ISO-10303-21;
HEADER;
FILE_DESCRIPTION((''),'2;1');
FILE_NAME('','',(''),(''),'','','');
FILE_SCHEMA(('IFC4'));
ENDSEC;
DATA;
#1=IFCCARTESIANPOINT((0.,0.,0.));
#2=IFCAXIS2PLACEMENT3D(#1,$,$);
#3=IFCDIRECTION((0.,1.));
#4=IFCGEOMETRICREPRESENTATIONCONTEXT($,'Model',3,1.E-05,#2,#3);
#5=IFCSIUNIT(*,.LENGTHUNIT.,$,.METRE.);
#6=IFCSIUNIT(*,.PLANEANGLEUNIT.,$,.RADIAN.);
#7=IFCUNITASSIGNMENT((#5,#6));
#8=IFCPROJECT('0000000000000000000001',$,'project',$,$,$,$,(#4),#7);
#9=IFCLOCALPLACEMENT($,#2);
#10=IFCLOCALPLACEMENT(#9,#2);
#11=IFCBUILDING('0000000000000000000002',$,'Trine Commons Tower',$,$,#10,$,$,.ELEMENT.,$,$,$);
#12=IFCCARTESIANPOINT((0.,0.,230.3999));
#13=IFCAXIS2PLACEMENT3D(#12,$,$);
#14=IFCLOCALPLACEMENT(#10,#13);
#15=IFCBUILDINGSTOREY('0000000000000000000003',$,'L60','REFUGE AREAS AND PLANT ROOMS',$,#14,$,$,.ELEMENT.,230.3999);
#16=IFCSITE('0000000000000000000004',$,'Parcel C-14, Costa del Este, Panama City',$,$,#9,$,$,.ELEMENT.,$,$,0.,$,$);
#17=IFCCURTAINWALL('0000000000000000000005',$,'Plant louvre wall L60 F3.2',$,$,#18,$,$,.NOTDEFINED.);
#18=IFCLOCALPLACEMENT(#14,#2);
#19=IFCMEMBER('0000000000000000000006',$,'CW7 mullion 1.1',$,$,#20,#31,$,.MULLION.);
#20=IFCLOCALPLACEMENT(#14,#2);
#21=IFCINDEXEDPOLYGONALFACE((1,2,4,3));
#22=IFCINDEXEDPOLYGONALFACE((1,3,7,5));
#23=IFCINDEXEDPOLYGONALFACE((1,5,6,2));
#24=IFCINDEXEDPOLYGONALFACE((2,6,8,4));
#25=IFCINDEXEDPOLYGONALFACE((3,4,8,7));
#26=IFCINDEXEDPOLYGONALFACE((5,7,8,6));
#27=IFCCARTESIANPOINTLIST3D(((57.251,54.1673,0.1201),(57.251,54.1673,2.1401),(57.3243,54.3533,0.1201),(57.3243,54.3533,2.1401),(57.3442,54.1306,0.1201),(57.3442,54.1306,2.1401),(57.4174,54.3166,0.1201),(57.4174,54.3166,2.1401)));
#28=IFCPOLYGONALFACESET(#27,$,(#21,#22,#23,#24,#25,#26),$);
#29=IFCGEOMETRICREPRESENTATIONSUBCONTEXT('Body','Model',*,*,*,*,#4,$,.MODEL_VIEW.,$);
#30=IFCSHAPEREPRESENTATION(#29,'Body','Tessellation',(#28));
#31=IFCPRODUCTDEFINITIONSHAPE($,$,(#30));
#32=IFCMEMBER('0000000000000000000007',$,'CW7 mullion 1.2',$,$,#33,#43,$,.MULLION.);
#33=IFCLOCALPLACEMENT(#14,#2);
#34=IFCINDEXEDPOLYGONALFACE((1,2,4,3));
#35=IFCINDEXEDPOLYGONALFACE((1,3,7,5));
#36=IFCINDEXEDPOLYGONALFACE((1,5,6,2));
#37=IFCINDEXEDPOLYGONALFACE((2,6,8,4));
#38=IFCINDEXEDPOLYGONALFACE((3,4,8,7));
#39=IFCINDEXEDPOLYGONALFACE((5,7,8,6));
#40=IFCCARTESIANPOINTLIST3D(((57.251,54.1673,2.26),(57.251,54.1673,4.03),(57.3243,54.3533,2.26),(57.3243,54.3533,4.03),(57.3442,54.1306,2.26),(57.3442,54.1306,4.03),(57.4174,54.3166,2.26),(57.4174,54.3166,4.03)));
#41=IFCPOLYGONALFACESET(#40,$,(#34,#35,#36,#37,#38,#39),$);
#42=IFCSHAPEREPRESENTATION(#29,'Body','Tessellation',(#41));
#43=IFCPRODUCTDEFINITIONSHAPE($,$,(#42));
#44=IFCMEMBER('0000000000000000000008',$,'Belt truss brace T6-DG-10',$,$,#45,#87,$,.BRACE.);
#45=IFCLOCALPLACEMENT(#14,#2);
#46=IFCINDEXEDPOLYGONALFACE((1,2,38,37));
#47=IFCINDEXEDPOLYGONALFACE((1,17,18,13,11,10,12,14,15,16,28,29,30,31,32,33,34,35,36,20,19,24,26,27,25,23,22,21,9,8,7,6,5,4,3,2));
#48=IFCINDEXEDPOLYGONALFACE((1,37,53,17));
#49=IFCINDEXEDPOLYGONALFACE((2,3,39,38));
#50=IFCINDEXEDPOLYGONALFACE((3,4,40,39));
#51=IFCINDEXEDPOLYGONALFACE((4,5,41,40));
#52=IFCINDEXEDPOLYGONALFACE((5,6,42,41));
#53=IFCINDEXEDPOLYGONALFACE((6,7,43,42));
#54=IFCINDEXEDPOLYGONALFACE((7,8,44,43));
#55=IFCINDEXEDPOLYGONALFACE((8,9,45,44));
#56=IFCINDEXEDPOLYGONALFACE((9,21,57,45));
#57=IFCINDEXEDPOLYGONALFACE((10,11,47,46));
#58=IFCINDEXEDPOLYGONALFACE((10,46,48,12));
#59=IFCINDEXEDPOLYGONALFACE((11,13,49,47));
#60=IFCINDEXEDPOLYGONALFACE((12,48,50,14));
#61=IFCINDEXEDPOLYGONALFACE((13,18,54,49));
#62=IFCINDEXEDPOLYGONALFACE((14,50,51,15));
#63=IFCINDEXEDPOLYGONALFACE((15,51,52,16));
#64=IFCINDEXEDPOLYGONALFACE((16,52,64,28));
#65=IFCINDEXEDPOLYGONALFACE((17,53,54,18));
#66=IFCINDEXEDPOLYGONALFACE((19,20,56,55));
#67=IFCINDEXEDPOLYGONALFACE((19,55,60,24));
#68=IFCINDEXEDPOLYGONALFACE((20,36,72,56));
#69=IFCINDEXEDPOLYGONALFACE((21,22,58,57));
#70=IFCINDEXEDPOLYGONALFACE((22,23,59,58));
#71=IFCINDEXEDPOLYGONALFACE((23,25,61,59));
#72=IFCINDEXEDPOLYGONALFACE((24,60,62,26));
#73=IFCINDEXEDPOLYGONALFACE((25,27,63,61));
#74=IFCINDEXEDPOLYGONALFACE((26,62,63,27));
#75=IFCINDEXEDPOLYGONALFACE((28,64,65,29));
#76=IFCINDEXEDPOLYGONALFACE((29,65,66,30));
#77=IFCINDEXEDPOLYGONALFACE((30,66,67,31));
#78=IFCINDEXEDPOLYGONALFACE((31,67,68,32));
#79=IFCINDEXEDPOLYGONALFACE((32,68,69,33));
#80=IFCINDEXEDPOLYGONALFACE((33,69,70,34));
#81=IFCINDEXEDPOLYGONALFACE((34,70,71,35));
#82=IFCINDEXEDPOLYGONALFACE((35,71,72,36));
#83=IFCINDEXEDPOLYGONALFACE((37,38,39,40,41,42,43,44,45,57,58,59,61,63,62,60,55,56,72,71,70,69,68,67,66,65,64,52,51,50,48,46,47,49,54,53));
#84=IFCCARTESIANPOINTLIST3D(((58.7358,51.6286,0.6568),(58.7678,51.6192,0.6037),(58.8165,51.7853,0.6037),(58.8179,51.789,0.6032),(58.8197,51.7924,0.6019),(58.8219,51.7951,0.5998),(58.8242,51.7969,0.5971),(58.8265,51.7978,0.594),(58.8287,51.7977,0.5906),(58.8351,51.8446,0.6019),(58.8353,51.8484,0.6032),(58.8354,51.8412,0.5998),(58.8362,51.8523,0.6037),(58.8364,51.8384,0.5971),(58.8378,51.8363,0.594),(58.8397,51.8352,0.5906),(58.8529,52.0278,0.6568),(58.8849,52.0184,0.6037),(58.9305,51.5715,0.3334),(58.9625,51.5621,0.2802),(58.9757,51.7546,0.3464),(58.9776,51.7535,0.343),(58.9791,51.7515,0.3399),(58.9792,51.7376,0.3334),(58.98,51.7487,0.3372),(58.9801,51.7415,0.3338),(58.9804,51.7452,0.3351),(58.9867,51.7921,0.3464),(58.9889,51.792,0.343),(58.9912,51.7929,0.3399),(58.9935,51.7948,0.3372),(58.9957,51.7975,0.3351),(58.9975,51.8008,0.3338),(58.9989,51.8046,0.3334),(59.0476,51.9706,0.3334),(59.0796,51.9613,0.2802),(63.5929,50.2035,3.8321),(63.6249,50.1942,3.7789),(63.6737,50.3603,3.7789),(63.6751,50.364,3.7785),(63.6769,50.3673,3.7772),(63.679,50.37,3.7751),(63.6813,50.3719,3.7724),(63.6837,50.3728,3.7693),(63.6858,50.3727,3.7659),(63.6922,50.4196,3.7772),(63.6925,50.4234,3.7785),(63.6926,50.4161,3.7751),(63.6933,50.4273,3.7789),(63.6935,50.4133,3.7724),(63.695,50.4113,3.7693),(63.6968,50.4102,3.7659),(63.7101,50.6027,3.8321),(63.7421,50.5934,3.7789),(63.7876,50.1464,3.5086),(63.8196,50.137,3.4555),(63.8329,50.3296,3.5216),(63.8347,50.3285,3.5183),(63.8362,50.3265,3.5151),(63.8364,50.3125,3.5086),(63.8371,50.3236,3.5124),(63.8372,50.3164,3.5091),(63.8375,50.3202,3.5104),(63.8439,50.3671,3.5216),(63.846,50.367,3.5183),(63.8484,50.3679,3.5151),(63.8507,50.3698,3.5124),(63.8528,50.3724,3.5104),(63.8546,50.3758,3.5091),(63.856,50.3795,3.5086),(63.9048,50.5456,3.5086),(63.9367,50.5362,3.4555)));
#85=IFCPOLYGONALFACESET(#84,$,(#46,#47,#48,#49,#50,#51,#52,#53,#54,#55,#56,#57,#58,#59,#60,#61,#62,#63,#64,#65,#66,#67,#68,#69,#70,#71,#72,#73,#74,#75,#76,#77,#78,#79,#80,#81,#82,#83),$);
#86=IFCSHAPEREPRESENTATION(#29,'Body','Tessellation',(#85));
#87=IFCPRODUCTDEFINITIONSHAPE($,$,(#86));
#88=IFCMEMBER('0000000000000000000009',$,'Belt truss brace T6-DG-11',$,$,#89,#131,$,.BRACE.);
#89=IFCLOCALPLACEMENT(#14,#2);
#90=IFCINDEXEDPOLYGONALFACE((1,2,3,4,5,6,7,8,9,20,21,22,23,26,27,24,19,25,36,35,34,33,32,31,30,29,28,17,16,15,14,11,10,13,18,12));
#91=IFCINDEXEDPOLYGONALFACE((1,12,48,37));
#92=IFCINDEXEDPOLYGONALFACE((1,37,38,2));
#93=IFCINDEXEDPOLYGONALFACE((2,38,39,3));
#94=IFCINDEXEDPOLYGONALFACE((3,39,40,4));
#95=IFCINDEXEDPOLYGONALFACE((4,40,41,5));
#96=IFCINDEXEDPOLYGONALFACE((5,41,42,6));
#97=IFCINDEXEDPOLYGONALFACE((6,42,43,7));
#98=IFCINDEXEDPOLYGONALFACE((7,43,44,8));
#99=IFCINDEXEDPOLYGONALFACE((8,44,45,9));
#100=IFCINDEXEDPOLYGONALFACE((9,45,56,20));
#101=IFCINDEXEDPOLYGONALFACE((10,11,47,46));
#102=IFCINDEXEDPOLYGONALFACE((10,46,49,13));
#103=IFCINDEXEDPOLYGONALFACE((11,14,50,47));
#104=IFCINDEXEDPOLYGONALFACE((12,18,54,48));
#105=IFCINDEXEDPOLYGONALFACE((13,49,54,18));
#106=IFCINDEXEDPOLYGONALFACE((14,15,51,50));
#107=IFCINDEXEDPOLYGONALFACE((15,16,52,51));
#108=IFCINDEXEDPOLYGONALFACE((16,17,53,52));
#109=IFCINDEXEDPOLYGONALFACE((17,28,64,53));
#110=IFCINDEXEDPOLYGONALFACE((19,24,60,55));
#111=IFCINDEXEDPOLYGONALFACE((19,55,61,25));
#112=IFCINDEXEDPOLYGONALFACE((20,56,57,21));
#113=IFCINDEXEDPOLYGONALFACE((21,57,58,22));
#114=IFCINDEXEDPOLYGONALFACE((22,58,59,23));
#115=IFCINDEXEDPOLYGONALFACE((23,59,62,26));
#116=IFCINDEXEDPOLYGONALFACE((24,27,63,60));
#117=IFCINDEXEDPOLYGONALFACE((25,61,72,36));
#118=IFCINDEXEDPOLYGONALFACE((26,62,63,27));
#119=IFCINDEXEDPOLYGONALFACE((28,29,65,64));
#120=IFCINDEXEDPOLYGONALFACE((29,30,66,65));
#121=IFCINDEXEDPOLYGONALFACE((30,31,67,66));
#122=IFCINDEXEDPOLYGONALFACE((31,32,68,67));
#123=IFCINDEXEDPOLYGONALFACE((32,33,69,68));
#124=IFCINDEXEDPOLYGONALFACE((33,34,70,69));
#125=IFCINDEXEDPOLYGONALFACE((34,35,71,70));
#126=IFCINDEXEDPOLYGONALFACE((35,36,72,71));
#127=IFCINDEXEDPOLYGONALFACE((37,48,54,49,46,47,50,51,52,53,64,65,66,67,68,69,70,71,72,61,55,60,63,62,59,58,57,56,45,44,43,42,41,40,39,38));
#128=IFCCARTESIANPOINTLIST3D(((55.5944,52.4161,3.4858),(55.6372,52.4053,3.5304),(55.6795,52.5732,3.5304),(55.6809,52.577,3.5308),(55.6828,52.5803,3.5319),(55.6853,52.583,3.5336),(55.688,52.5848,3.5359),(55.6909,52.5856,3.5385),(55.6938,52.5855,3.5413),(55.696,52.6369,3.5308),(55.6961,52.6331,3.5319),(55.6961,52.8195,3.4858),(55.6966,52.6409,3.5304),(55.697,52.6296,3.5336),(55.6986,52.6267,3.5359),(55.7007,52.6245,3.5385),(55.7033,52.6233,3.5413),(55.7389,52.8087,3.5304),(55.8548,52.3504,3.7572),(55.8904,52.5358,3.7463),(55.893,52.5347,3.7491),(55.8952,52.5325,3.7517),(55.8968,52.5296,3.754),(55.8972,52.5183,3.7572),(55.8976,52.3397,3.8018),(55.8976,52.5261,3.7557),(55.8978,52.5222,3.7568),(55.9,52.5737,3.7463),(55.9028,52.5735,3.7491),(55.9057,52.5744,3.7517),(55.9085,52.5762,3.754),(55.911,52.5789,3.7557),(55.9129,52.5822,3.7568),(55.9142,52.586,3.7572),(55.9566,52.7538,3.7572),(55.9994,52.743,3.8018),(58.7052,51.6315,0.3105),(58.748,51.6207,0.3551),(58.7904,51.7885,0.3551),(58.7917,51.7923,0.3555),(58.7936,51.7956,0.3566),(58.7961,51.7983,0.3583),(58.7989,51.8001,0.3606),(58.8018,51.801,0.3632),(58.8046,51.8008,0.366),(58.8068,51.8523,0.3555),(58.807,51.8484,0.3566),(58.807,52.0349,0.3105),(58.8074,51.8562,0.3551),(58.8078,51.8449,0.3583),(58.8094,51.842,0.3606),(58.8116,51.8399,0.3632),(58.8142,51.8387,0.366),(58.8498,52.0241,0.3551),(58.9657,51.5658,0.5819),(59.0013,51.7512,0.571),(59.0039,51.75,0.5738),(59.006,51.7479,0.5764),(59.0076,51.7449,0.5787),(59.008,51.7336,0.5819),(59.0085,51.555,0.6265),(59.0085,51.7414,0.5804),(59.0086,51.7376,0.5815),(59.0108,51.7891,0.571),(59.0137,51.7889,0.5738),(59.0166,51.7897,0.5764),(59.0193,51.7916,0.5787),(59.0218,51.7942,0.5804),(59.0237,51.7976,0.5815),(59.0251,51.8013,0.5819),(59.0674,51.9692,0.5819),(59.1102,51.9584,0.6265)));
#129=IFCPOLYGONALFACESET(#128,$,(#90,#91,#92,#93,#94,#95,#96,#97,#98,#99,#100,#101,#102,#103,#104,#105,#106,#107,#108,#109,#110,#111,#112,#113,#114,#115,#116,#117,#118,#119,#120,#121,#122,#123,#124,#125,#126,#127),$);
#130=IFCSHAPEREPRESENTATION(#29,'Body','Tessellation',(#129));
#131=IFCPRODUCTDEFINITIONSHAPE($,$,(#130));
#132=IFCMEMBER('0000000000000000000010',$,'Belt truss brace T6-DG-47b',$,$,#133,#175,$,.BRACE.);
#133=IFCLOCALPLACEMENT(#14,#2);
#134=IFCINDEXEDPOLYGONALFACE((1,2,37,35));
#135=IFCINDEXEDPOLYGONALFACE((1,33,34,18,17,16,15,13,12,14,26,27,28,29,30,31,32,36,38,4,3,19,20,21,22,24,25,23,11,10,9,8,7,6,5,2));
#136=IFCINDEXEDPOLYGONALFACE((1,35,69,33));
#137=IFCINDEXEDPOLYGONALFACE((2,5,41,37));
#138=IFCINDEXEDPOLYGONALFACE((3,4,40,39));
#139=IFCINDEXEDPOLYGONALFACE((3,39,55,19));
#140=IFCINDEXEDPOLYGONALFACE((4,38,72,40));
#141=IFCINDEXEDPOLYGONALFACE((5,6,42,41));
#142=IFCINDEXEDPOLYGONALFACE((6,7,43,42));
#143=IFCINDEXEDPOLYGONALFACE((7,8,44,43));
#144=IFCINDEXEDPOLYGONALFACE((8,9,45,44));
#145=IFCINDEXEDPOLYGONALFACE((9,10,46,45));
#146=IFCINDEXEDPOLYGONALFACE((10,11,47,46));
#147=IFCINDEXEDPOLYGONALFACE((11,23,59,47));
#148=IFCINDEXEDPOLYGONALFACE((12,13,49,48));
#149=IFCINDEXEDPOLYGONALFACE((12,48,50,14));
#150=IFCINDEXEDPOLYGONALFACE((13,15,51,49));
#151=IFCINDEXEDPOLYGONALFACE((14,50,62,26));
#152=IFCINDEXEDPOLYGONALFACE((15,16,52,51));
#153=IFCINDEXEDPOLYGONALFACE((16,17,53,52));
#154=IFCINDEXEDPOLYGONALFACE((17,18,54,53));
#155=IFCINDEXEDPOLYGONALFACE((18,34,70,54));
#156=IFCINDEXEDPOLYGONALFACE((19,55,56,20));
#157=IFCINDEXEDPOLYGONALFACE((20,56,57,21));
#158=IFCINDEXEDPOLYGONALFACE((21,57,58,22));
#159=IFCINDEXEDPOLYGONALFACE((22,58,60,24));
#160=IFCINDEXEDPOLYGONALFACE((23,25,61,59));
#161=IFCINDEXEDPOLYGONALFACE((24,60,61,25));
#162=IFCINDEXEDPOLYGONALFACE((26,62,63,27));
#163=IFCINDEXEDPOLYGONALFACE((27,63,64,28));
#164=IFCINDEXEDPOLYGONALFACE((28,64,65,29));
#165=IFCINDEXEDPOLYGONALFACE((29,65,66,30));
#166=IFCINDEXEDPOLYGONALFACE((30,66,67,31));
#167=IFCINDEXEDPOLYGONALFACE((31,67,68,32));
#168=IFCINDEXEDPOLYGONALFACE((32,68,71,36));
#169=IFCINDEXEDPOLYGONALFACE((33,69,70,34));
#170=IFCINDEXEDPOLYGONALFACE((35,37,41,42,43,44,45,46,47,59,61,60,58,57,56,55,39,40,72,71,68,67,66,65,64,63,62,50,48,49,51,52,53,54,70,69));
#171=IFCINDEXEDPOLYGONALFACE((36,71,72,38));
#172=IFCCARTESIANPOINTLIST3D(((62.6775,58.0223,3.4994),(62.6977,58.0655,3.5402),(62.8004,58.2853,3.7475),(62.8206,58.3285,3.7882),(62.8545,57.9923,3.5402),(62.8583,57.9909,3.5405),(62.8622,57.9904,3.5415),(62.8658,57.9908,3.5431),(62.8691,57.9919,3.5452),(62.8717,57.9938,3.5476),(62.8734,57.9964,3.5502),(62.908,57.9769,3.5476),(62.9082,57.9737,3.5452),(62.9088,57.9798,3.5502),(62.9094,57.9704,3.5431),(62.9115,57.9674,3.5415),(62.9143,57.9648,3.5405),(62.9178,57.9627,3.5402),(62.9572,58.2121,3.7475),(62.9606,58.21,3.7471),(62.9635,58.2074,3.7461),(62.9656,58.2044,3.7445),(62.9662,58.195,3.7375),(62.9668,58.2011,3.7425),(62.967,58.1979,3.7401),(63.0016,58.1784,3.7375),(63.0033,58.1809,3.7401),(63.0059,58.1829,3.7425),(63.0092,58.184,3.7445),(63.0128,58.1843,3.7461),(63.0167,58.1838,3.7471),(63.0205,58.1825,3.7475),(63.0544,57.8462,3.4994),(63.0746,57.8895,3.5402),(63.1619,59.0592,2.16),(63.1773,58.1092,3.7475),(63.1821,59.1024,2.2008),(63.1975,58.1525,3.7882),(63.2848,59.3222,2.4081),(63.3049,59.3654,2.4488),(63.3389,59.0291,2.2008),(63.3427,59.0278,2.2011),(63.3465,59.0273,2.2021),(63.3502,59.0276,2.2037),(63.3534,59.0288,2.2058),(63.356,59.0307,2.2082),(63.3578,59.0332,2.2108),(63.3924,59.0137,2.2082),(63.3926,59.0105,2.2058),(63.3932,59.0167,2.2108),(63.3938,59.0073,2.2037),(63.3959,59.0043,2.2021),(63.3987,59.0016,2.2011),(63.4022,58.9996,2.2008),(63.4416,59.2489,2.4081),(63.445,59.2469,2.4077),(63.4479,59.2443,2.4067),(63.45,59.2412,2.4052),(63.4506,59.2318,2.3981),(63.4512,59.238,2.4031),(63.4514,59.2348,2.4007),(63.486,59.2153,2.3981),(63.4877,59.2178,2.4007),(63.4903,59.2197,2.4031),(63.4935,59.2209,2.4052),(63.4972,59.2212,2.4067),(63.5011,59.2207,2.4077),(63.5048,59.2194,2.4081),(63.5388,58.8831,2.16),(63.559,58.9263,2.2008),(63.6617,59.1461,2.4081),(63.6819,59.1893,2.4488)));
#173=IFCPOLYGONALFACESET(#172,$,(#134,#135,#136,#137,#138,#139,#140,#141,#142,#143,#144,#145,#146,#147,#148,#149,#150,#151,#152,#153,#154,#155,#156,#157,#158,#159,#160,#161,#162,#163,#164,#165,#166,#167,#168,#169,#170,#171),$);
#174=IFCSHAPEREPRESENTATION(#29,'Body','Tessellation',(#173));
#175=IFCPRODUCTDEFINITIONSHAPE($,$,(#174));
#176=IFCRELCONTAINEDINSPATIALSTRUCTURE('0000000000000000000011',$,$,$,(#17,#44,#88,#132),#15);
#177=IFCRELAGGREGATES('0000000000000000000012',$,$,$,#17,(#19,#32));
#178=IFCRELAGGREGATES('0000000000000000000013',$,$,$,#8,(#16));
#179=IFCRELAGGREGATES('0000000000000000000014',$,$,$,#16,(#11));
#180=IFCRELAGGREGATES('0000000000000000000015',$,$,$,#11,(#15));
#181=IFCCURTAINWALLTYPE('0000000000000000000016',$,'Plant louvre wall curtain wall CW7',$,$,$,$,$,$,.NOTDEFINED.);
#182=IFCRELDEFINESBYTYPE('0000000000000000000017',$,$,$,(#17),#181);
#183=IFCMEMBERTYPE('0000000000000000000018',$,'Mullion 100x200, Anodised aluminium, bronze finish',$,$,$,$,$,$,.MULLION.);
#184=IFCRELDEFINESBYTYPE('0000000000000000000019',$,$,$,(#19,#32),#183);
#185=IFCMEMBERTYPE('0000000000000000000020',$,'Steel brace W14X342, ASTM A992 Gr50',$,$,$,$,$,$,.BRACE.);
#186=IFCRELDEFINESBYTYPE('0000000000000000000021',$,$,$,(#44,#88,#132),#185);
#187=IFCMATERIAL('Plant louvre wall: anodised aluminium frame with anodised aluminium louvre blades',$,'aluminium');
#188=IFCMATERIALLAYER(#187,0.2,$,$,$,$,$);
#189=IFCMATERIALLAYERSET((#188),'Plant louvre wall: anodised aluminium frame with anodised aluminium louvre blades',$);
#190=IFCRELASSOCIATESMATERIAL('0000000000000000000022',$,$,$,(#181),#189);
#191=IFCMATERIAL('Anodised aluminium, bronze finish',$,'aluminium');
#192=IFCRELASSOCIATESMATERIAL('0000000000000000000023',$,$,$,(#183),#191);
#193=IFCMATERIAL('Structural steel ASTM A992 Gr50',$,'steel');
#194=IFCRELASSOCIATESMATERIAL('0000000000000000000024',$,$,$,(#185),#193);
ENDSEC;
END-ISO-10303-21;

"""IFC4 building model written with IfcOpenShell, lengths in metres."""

from ifc_helpers import new_model, si_unit, direction, frame, origin, origin_2d, place, context, subcontext, project, spatial, rectangle, i_section, extrude, material, layer, layer_set, material_profile, profile_set, type_object, element, aggregate, save


model = new_model("IFC4")

# Units and contexts
model_context = context("Model", 3, precision=1e-05, world=origin(), true_north=direction((0.0, 1.0)))
body_context = subcontext(model_context, "Body", "Model", "MODEL_VIEW")
ifc_project = project(units=[si_unit("LENGTHUNIT", "METRE"), si_unit("PLANEANGLEUNIT", "RADIAN")], contexts=[model_context])

# Site, building, storey
site_placement = place(None, origin())
site = spatial("IfcSite", under=ifc_project, at=site_placement, Name="Parcel C-14, Costa del Este, Panama City", CompositionType="ELEMENT", RefElevation=0.0)
building_placement = place(site_placement, origin())
building = spatial("IfcBuilding", under=site, at=building_placement, Name="Trine Commons Tower", CompositionType="ELEMENT")
storey_placement = place(building_placement, frame((0.0, 0.0, 230.3999)))
storey = spatial("IfcBuildingStorey", under=building, at=storey_placement, Name="L60", Description="REFUGE AREAS AND PLANT ROOMS", CompositionType="ELEMENT", Elevation=230.3999)

# Curtain wall, members
ifc_material_1 = material(Name="Plant louvre wall: anodised aluminium frame with anodised aluminium louvre blades", Category="aluminium")
ifc_layer_1 = layer(ifc_material_1, 0.2)
ifc_layer_set_1 = layer_set([ifc_layer_1], Name="Plant louvre wall: anodised aluminium frame with anodised aluminium louvre blades")
curtain_wall_type = type_object("IfcCurtainWallType", Name="Plant louvre wall curtain wall CW7", PredefinedType="NOTDEFINED", material=ifc_layer_set_1)
curtain_wall_1_placement = place(storey_placement, origin())
curtain_wall_1 = element("IfcCurtainWall", 1, at=curtain_wall_1_placement, inside=storey, type_object=curtain_wall_type, Name="Plant louvre wall L60 F3.2", PredefinedType="NOTDEFINED")
ifc_material_2 = material(Name="Anodised aluminium, bronze finish", Category="aluminium")
ifc_material_profile_1 = material_profile(ifc_material_2, rectangle(XDim=0.2, YDim=0.1001, at=origin_2d()), Name="Mullion 100x200")
ifc_profile_set_1 = profile_set([ifc_material_profile_1], Name="Anodised aluminium, bronze finish")
member_type_1 = type_object("IfcMemberType", Name="Mullion 100x200, Anodised aluminium, bronze finish", PredefinedType="MULLION", material=ifc_profile_set_1)
member_1_placement = place(storey_placement, frame((57.3342, 54.2419, 0.1201), z_axis=(0.0, 0.0, 1.0), x_axis=(-0.366501, -0.930418, 0.0)))
member_1 = element("IfcMember", 2, at=member_1_placement, type_object=member_type_1, Name="CW7 mullion 1.1", PredefinedType="MULLION", context=body_context, shape_type="SweptSolid", body=[
    extrude(rectangle(XDim=0.2, YDim=0.1001, at=origin_2d()), origin(), (0.0, 0.0, 1.0), 2.02),
])
member_2_placement = place(storey_placement, frame((57.3342, 54.2419, 2.26), z_axis=(0.0, 0.0, 1.0), x_axis=(-0.366501, -0.930418, 0.0)))
member_2 = element("IfcMember", 3, at=member_2_placement, type_object=member_type_1, Name="CW7 mullion 1.2", PredefinedType="MULLION", context=body_context, shape_type="SweptSolid", body=[
    extrude(rectangle(XDim=0.2, YDim=0.1001, at=origin_2d()), origin(), (0.0, 0.0, 1.0), 1.77),
])

# Members
ifc_material_3 = material(Name="Structural steel ASTM A992 Gr50", Category="steel")
ifc_material_profile_2 = material_profile(ifc_material_3, i_section(OverallWidth=0.416, OverallDepth=0.4446, WebThickness=0.0391, FlangeThickness=0.0627, FilletRadius=0.0154, at=origin_2d()), Name="W14X342")
ifc_profile_set_2 = profile_set([ifc_material_profile_2], Name="Structural steel ASTM A992 Gr50")
member_type_2 = type_object("IfcMemberType", Name="Steel brace W14X342, ASTM A992 Gr50", PredefinedType="BRACE", material=ifc_profile_set_2)
member_3_placement = place(storey_placement, frame((58.9077, 51.7949, 0.4685), z_axis=(0.812862, -0.238486, 0.531394), x_axis=(0.281524, 0.959554, 0.0)))
element("IfcMember", 4, at=member_3_placement, inside=storey, type_object=member_type_2, Name="Belt truss brace T6-DG-10", PredefinedType="BRACE", context=body_context, shape_type="SweptSolid", body=[
    extrude(i_section(OverallWidth=0.416, OverallDepth=0.4446, WebThickness=0.0391, FlangeThickness=0.0627, FilletRadius=0.0154, at=origin_2d()), origin(), (0.0, 0.0, 1.0), 5.9753),
])
member_4_placement = place(storey_placement, frame((58.9077, 51.7949, 0.4685), z_axis=(-0.689165, 0.173833, 0.703444), x_axis=(-0.244576, -0.96963, 0.0)))
element("IfcMember", 5, at=member_4_placement, inside=storey, type_object=member_type_2, Name="Belt truss brace T6-DG-11", PredefinedType="BRACE", context=body_context, shape_type="SweptSolid", body=[
    extrude(i_section(OverallWidth=0.416, OverallDepth=0.4446, WebThickness=0.0391, FlangeThickness=0.0627, FilletRadius=0.0154, at=origin_2d()), origin(), (0.0, 0.0, 1.0), 4.5139),
])
member_5_placement = place(storey_placement, frame((63.4219, 59.1243, 2.3044), z_axis=(-0.274948, -0.58856, 0.760264), x_axis=(0.906014, -0.423247, 0.0)))
element("IfcMember", 6, at=member_5_placement, inside=storey, type_object=member_type_2, Name="Belt truss brace T6-DG-47b", PredefinedType="BRACE", context=body_context, shape_type="SweptSolid", body=[
    extrude(i_section(OverallWidth=0.416, OverallDepth=0.4446, WebThickness=0.0391, FlangeThickness=0.0627, FilletRadius=0.0154, at=origin_2d()), origin(), (0.0, 0.0, 1.0), 1.7617),
])

aggregate(curtain_wall_1, [member_1, member_2])

save(model, "model.ifc")
